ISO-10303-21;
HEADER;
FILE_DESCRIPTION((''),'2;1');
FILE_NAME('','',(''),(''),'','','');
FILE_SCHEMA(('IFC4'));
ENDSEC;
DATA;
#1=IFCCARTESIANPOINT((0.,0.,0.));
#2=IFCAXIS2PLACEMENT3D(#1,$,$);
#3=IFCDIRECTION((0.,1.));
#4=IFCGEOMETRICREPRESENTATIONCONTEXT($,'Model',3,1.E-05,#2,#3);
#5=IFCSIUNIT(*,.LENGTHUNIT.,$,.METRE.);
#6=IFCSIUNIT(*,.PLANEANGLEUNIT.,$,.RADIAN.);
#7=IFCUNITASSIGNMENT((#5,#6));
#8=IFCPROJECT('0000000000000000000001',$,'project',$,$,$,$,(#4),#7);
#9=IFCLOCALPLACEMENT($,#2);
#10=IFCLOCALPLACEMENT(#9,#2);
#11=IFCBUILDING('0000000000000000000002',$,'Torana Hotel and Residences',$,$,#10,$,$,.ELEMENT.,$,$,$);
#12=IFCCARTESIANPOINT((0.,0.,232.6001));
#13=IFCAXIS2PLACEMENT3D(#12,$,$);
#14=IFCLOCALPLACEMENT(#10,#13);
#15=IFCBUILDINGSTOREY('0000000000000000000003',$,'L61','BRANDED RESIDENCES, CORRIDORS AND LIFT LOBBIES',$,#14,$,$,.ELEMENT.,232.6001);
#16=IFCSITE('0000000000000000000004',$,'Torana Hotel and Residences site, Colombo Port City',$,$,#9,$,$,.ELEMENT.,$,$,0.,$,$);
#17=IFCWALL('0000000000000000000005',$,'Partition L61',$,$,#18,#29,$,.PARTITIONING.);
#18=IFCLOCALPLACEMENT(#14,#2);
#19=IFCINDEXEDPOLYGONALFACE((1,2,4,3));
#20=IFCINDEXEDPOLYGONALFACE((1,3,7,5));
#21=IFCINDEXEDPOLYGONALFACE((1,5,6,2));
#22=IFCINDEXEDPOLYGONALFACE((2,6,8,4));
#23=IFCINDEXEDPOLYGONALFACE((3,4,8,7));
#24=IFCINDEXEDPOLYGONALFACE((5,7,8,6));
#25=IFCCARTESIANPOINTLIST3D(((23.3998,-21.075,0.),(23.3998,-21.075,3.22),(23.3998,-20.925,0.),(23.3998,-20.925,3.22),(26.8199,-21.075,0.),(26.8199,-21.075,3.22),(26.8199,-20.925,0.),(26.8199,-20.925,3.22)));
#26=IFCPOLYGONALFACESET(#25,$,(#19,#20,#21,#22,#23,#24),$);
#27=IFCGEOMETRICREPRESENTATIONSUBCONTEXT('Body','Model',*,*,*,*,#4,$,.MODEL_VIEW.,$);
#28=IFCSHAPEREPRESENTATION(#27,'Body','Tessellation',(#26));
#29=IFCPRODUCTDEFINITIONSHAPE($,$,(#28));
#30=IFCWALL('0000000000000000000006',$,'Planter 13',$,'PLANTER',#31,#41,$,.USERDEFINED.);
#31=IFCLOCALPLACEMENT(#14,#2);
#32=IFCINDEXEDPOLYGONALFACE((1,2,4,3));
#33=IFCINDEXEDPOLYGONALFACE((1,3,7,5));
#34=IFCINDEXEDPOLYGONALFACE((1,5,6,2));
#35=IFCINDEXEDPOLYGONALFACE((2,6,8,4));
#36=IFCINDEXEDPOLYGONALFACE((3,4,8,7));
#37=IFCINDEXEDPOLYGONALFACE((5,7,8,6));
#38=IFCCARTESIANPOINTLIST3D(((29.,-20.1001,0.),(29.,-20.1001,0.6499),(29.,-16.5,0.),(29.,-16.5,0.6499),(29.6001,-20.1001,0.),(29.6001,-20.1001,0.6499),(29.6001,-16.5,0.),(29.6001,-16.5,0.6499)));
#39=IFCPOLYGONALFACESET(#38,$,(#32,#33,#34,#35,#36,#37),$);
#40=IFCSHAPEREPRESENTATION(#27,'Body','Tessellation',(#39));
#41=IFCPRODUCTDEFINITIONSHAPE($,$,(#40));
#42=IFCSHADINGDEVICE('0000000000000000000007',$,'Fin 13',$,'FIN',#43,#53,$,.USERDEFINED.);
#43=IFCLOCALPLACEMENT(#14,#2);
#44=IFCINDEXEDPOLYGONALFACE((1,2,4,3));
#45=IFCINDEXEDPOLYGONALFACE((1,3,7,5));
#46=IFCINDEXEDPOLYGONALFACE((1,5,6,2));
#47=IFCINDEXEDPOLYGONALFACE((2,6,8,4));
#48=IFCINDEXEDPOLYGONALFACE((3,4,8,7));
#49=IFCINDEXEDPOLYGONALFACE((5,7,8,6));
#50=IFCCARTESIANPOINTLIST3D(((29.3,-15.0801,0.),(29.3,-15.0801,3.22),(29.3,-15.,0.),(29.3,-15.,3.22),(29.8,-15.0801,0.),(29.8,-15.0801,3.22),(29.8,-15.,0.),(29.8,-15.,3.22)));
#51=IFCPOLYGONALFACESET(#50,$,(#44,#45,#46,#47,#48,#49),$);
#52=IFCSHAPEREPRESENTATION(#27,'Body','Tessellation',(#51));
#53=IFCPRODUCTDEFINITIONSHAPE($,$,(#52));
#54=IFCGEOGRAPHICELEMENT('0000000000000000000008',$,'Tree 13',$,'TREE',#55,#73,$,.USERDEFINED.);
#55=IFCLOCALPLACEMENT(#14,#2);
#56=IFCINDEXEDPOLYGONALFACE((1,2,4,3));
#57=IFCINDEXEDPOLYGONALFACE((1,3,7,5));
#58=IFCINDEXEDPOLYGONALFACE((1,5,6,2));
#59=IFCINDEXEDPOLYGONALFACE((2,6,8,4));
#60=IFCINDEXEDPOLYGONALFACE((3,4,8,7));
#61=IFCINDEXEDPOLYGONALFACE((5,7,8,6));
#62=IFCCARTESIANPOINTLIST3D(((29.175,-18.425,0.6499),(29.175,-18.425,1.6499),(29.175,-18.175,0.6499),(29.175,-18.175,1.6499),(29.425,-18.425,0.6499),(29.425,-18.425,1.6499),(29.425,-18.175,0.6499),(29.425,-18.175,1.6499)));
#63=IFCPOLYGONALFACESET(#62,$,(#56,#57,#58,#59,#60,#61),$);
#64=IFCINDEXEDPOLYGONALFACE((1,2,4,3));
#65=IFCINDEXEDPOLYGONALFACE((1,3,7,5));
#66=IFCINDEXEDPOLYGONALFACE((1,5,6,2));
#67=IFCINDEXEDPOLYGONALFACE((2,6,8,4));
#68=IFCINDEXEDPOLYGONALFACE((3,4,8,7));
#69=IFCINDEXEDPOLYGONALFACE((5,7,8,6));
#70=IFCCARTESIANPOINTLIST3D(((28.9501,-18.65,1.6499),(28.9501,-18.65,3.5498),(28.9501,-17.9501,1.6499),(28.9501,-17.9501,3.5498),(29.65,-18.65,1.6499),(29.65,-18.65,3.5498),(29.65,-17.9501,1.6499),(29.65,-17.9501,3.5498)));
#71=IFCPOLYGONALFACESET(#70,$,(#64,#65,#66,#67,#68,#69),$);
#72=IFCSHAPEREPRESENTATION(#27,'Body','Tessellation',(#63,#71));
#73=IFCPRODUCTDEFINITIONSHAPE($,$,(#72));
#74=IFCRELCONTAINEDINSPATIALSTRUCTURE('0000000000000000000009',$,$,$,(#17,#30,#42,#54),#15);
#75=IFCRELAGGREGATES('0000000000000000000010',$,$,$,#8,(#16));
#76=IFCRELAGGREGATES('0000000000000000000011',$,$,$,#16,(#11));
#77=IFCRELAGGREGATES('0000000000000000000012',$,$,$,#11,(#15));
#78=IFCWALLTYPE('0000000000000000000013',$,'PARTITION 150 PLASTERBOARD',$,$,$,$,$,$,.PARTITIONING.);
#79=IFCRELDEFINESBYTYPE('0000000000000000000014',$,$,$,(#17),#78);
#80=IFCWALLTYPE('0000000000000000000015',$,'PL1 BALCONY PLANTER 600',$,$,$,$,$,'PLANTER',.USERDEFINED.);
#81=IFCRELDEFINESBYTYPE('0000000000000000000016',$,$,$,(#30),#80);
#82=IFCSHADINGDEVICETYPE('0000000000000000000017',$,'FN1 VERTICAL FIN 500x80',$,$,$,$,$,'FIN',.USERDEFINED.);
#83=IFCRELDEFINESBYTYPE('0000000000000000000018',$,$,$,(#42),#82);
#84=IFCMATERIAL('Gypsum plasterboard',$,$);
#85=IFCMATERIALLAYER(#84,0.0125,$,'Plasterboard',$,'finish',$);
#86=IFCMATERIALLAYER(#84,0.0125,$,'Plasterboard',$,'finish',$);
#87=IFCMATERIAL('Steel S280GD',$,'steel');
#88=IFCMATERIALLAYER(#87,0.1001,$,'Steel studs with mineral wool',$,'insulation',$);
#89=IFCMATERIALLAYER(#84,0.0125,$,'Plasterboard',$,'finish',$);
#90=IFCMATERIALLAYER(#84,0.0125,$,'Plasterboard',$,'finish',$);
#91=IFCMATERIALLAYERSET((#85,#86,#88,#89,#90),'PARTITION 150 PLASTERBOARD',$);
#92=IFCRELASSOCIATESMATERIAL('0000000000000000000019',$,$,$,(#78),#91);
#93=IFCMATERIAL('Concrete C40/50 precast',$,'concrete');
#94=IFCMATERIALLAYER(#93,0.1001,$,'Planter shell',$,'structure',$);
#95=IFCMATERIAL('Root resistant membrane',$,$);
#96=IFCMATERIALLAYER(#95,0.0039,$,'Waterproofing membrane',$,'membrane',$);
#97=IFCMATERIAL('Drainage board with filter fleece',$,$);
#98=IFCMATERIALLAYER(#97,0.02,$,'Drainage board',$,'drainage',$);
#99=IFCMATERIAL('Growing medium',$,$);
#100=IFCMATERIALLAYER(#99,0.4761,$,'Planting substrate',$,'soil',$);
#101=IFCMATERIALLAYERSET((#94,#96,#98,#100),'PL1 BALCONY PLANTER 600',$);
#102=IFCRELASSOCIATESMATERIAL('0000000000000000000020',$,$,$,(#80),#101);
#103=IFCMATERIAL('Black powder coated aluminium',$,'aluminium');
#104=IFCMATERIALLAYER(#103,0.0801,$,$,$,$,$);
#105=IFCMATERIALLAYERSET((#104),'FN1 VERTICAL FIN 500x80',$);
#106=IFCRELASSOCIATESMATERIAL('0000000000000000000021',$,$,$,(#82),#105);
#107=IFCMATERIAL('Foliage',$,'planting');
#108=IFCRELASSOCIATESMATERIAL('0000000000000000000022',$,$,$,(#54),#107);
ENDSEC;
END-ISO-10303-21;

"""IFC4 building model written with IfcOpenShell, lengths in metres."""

from ifc_helpers import new_model, si_unit, direction, frame, frame_2d, origin, origin_2d, place, context, subcontext, project, spatial, rectangle, extrude, material, layer, layer_set, type_object, element, save


model = new_model("IFC4")

# Units and contexts
model_context = context("Model", 3, precision=1e-05, world=origin(), true_north=direction((0.0, 1.0)))
body_context = subcontext(model_context, "Body", "Model", "MODEL_VIEW")
ifc_project = project(units=[si_unit("LENGTHUNIT", "METRE"), si_unit("PLANEANGLEUNIT", "RADIAN")], contexts=[model_context])

# Site, building, storey
site_placement = place(None, origin())
site = spatial("IfcSite", under=ifc_project, at=site_placement, Name="Torana Hotel and Residences site, Colombo Port City", CompositionType="ELEMENT", RefElevation=0.0)
building_placement = place(site_placement, origin())
building = spatial("IfcBuilding", under=site, at=building_placement, Name="Torana Hotel and Residences", CompositionType="ELEMENT")
storey_placement = place(building_placement, frame((0.0, 0.0, 232.6001)))
storey = spatial("IfcBuildingStorey", under=building, at=storey_placement, Name="L61", Description="BRANDED RESIDENCES, CORRIDORS AND LIFT LOBBIES", CompositionType="ELEMENT", Elevation=232.6001)

# Walls
ifc_material_1 = material(Name="Gypsum plasterboard")
ifc_layer_1 = layer(ifc_material_1, 0.0125, Name="Plasterboard", Category="finish")
ifc_layer_2 = layer(ifc_material_1, 0.0125, Name="Plasterboard", Category="finish")
ifc_material_2 = material(Name="Steel S280GD", Category="steel")
ifc_layer_3 = layer(ifc_material_2, 0.1001, Name="Steel studs with mineral wool", Category="insulation")
ifc_layer_4 = layer(ifc_material_1, 0.0125, Name="Plasterboard", Category="finish")
ifc_layer_5 = layer(ifc_material_1, 0.0125, Name="Plasterboard", Category="finish")
ifc_layer_set_1 = layer_set([ifc_layer_1, ifc_layer_2, ifc_layer_3, ifc_layer_4, ifc_layer_5], Name="PARTITION 150 PLASTERBOARD")
wall_type_1 = type_object("IfcWallType", Name="PARTITION 150 PLASTERBOARD", PredefinedType="PARTITIONING", material=ifc_layer_set_1)
wall_1_placement = place(storey_placement, frame((23.3999, -21.0, 0.0), z_axis=(0.0, 0.0, 1.0), x_axis=(1.0, 0.0, 0.0)))
element("IfcWall", 1, at=wall_1_placement, inside=storey, type_object=wall_type_1, Name="Partition L61", PredefinedType="PARTITIONING", context=body_context, shape_type="SweptSolid", body=[
    extrude(rectangle(XDim=3.4202, YDim=0.1499, at=frame_2d((1.71, 0.0))), origin(), (0.0, 0.0, 1.0), 3.22),
])
ifc_material_3 = material(Name="Concrete C40/50 precast", Category="concrete")
ifc_layer_6 = layer(ifc_material_3, 0.1001, Name="Planter shell", Category="structure")
ifc_material_4 = material(Name="Root resistant membrane")
ifc_layer_7 = layer(ifc_material_4, 0.0039, Name="Waterproofing membrane", Category="membrane")
ifc_material_5 = material(Name="Drainage board with filter fleece")
ifc_layer_8 = layer(ifc_material_5, 0.02, Name="Drainage board", Category="drainage")
ifc_material_6 = material(Name="Growing medium")
ifc_layer_9 = layer(ifc_material_6, 0.4761, Name="Planting substrate", Category="soil")
ifc_layer_set_2 = layer_set([ifc_layer_6, ifc_layer_7, ifc_layer_8, ifc_layer_9], Name="PL1 BALCONY PLANTER 600")
wall_type_2 = type_object("IfcWallType", Name="PL1 BALCONY PLANTER 600", ElementType="PLANTER", PredefinedType="USERDEFINED", material=ifc_layer_set_2)
wall_2_placement = place(storey_placement, frame((29.3, -16.5, 0.0), z_axis=(0.0, 0.0, 1.0), x_axis=(0.0, -1.0, 0.0)))
element("IfcWall", 2, at=wall_2_placement, inside=storey, type_object=wall_type_2, Name="Planter 13", ObjectType="PLANTER", PredefinedType="USERDEFINED", context=body_context, shape_type="SweptSolid", body=[
    extrude(rectangle(XDim=3.6001, YDim=0.6001, at=frame_2d((1.8, 0.0))), origin(), (0.0, 0.0, 1.0), 0.6499),
])

# Shading device
ifc_material_7 = material(Name="Black powder coated aluminium", Category="aluminium")
ifc_layer_10 = layer(ifc_material_7, 0.0801)
ifc_layer_set_3 = layer_set([ifc_layer_10], Name="FN1 VERTICAL FIN 500x80")
shading_device_type = type_object("IfcShadingDeviceType", Name="FN1 VERTICAL FIN 500x80", ElementType="FIN", PredefinedType="USERDEFINED", material=ifc_layer_set_3)
shading_device_placement = place(storey_placement, frame((29.55, -15.04, 0.0), z_axis=(0.0, 0.0, 1.0), x_axis=(0.0, -1.0, 0.0)))
element("IfcShadingDevice", 3, at=shading_device_placement, inside=storey, type_object=shading_device_type, Name="Fin 13", ObjectType="FIN", PredefinedType="USERDEFINED", context=body_context, shape_type="SweptSolid", body=[
    extrude(rectangle(XDim=0.0801, YDim=0.5, at=origin_2d()), origin(), (0.0, 0.0, 1.0), 3.22),
])

# Geographic element
ifc_material_8 = material(Name="Foliage", Category="planting")
geographic_element_placement = place(storey_placement, frame((29.3, -18.3, 0.6499), z_axis=(0.0, 0.0, 1.0), x_axis=(1.0, 0.0, 0.0)))
element("IfcGeographicElement", 4, at=geographic_element_placement, inside=storey, material=ifc_material_8, Name="Tree 13", ObjectType="TREE", PredefinedType="USERDEFINED", context=body_context, shape_type="SweptSolid", body=[
    extrude(rectangle(XDim=0.25, YDim=0.25, at=origin_2d()), origin(), (0.0, 0.0, 1.0), 1.0),
    extrude(rectangle(XDim=0.7, YDim=0.7, at=origin_2d()), frame((0.0, 0.0, 1.0)), (0.0, 0.0, 1.0), 1.8999),
])

save(model, "model.ifc")
